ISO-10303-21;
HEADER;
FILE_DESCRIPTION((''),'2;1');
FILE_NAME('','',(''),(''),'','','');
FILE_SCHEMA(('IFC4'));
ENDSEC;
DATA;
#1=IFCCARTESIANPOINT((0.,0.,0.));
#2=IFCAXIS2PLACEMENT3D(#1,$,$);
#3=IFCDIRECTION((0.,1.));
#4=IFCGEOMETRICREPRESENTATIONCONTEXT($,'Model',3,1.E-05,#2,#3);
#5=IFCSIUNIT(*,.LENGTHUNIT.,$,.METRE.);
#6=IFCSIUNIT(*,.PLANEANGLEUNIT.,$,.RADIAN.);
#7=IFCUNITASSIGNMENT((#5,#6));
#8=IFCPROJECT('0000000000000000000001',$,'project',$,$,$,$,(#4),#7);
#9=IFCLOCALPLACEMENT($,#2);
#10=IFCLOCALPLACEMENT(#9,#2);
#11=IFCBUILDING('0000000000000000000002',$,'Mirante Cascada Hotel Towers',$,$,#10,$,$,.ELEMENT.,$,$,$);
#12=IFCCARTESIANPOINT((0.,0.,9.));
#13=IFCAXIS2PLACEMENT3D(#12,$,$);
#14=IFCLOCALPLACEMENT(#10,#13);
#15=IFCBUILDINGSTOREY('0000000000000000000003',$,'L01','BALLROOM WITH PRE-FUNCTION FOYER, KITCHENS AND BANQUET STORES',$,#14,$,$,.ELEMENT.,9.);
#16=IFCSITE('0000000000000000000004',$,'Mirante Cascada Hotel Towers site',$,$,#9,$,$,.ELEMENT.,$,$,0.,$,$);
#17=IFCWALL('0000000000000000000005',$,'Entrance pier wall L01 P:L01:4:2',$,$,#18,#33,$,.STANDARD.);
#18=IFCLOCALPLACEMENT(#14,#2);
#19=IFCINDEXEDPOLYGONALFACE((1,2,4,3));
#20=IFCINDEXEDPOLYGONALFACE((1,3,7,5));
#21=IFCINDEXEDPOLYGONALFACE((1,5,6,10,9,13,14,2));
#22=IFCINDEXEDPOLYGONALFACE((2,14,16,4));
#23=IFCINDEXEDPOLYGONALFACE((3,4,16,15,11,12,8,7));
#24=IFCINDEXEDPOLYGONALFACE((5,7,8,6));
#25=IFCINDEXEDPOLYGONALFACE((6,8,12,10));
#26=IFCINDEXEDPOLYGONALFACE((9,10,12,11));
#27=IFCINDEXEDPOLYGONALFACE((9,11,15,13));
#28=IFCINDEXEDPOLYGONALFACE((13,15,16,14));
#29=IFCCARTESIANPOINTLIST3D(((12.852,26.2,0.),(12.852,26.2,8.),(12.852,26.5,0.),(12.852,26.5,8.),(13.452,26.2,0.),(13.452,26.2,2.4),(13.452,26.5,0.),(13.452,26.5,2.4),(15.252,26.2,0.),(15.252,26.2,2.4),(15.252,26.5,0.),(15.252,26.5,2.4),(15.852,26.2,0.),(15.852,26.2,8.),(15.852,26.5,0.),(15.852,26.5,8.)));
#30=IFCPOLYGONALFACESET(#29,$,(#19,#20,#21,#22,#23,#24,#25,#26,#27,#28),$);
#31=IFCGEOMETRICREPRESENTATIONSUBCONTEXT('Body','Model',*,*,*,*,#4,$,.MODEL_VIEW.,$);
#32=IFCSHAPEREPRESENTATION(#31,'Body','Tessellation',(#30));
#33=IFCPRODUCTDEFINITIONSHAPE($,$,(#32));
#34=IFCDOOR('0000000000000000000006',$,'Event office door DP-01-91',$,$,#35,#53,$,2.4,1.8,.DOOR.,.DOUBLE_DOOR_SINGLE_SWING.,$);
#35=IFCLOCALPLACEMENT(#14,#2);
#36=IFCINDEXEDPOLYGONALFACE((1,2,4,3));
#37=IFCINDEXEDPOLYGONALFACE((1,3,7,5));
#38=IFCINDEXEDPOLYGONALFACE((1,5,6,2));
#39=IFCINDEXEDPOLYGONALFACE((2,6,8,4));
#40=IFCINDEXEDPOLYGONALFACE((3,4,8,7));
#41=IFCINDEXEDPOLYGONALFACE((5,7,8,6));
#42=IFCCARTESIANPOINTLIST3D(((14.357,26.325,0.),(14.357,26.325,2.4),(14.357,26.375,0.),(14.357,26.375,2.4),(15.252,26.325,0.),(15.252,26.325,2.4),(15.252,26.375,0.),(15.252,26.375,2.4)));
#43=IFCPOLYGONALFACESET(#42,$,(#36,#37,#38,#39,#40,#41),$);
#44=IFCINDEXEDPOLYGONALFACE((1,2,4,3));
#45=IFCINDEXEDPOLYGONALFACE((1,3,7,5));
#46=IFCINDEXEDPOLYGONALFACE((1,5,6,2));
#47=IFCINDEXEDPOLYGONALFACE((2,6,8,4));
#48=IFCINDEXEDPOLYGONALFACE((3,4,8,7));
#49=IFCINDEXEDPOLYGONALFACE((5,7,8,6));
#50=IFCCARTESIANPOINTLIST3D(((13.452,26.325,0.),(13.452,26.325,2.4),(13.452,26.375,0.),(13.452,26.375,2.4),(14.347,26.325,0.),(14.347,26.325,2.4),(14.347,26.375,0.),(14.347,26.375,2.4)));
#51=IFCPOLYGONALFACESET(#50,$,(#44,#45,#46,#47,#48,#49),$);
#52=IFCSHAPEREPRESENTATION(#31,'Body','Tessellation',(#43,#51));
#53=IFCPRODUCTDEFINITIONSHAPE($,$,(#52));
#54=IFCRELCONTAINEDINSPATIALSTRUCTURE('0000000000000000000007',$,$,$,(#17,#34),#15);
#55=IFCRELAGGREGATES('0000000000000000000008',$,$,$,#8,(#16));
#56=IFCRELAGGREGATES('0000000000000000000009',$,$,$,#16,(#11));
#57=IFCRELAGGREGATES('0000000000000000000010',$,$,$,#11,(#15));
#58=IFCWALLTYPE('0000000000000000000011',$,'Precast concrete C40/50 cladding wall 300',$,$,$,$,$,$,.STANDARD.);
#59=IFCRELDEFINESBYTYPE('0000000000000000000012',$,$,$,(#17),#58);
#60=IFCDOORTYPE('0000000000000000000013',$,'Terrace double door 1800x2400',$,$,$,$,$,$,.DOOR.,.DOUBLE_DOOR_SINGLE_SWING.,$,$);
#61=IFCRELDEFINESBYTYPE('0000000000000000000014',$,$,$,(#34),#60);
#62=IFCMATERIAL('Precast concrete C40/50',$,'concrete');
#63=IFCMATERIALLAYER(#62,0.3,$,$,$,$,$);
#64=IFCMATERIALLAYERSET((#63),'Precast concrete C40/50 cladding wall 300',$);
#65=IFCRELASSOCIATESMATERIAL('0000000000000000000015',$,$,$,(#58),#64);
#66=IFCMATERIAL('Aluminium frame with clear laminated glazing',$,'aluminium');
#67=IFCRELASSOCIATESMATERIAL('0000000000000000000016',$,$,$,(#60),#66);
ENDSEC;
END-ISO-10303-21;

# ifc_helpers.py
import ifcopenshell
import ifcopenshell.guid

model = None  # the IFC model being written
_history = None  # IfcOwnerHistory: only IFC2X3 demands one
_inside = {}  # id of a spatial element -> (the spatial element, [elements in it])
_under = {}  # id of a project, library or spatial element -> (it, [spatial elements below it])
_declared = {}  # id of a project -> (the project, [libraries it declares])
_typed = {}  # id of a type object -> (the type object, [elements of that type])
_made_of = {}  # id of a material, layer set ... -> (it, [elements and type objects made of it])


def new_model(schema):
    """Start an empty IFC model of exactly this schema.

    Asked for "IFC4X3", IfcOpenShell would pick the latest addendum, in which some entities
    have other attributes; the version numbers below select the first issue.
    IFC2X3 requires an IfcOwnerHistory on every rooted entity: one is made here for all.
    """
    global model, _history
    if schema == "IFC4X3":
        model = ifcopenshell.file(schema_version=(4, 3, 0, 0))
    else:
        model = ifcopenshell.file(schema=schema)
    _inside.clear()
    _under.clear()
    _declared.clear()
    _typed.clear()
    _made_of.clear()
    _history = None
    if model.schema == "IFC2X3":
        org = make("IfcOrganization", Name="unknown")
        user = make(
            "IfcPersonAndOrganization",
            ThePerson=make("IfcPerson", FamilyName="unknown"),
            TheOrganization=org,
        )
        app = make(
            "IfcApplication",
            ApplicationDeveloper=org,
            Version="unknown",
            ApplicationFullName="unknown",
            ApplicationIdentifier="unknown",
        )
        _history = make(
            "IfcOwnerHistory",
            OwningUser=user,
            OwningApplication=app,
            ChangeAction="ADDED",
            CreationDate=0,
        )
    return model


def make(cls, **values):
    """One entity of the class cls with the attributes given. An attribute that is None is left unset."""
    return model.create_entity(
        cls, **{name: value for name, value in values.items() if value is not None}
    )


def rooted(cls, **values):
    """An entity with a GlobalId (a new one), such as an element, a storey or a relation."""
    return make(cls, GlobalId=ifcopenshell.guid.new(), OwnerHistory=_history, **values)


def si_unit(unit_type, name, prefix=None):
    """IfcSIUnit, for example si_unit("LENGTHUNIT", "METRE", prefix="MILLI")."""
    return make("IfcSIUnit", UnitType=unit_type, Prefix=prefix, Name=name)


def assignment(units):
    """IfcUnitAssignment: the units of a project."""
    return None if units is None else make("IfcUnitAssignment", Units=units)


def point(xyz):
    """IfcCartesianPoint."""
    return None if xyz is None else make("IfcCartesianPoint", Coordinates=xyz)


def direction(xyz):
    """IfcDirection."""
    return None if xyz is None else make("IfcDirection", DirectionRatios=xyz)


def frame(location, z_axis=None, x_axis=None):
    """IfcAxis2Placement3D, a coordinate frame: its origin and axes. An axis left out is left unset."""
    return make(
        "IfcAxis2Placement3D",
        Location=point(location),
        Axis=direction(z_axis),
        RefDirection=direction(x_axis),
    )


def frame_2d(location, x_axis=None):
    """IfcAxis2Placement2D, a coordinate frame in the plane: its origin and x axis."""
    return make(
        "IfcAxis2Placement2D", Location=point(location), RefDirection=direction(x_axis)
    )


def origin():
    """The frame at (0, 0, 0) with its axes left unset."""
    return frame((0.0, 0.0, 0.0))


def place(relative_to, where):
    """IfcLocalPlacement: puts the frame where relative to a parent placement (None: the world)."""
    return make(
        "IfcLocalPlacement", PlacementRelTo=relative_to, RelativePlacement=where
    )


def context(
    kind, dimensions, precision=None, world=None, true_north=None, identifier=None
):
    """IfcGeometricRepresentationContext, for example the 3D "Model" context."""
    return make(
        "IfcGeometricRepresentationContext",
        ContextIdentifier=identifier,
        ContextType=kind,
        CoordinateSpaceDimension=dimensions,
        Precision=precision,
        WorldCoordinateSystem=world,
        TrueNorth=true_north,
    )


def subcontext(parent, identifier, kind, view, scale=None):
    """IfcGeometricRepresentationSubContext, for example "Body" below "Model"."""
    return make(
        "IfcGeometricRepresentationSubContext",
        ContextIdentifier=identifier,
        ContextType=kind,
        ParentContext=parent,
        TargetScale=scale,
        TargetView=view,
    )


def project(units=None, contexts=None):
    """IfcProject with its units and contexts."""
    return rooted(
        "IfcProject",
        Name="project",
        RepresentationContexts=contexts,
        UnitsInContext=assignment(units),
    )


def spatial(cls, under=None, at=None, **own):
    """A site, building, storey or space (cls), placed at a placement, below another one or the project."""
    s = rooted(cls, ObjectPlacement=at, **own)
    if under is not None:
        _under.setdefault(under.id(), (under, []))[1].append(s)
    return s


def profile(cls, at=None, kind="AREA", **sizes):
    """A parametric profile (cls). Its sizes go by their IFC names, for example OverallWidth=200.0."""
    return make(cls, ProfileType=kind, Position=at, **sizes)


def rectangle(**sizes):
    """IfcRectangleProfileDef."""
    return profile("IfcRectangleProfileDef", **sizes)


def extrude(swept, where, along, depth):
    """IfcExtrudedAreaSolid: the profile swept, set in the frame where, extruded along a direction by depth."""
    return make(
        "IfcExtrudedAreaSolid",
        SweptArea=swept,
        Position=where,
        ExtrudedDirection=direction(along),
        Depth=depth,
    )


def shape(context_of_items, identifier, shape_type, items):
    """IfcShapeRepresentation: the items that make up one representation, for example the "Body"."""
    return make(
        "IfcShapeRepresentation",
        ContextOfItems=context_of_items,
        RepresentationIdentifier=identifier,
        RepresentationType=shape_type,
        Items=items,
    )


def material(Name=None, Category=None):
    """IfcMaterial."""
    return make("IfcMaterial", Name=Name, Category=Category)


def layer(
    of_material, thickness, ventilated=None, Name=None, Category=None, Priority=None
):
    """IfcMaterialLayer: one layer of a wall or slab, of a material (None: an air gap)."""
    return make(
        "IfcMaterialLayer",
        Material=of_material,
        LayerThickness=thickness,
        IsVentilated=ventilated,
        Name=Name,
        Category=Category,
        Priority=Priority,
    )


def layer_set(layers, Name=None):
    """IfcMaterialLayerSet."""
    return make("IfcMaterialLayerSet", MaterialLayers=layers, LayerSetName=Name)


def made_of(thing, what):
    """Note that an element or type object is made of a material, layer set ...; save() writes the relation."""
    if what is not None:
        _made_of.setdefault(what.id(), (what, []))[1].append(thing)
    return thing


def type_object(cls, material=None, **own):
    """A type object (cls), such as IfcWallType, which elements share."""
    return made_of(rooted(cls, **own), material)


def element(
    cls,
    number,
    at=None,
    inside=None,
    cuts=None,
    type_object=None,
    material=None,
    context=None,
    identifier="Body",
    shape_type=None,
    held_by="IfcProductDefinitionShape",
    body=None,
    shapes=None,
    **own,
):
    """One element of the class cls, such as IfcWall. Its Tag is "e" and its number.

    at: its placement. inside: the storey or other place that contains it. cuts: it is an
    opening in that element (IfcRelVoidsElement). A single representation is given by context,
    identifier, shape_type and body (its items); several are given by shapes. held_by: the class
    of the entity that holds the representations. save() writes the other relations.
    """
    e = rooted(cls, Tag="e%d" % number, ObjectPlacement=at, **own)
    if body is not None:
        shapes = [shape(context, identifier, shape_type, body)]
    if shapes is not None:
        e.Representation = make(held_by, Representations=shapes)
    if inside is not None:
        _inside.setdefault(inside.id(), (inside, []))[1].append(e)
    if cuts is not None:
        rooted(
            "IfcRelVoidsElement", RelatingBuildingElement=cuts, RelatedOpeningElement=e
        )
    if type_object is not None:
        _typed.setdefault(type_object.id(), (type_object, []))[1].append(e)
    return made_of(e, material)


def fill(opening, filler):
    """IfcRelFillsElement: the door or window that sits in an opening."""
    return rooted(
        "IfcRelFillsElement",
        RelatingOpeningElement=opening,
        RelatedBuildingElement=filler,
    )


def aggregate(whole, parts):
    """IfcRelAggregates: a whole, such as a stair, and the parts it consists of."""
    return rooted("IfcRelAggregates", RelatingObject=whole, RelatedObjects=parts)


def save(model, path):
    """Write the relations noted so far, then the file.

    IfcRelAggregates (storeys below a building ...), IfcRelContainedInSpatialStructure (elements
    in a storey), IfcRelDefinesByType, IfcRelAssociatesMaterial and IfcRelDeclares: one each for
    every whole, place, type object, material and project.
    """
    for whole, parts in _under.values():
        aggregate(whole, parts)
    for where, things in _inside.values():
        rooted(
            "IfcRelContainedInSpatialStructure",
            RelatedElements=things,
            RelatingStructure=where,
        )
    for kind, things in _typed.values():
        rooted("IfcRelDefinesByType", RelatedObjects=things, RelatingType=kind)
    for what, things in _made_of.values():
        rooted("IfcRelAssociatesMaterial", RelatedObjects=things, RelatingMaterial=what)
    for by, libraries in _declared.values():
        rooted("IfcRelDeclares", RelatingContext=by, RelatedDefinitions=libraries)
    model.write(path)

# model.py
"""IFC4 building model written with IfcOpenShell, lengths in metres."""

from ifc_helpers import new_model, si_unit, direction, frame, frame_2d, origin, place, context, subcontext, project, spatial, rectangle, extrude, material, layer, layer_set, type_object, element, fill, save


model = new_model("IFC4")

# Units and contexts
model_context = context("Model", 3, precision=1e-05, world=origin(), true_north=direction((0.0, 1.0)))
body_context = subcontext(model_context, "Body", "Model", "MODEL_VIEW")
ifc_project = project(units=[si_unit("LENGTHUNIT", "METRE"), si_unit("PLANEANGLEUNIT", "RADIAN")], contexts=[model_context])

# Site, building, storey
site_placement = place(None, origin())
site = spatial("IfcSite", under=ifc_project, at=site_placement, Name="Mirante Cascada Hotel Towers site", CompositionType="ELEMENT", RefElevation=0.0)
building_placement = place(site_placement, origin())
building = spatial("IfcBuilding", under=site, at=building_placement, Name="Mirante Cascada Hotel Towers", CompositionType="ELEMENT")
storey_placement = place(building_placement, frame((0.0, 0.0, 9.0)))
storey = spatial("IfcBuildingStorey", under=building, at=storey_placement, Name="L01", Description="BALLROOM WITH PRE-FUNCTION FOYER, KITCHENS AND BANQUET STORES", CompositionType="ELEMENT", Elevation=9.0)

# Wall, opening, door
ifc_material_1 = material(Name="Precast concrete C40/50", Category="concrete")
ifc_layer_1 = layer(ifc_material_1, 0.3)
ifc_layer_set_1 = layer_set([ifc_layer_1], Name="Precast concrete C40/50 cladding wall 300")
wall_type_1 = type_object("IfcWallType", Name="Precast concrete C40/50 cladding wall 300", PredefinedType="STANDARD", material=ifc_layer_set_1)
wall_1_placement = place(storey_placement, frame((15.852, 26.35, 0.0), z_axis=(0.0, 0.0, 1.0), x_axis=(-1.0, 0.0, 0.0)))
wall_1 = element("IfcWall", 1, at=wall_1_placement, inside=storey, type_object=wall_type_1, Name="Entrance pier wall L01 P:L01:4:2", PredefinedType="STANDARD", context=body_context, shape_type="SweptSolid", body=[
    extrude(rectangle(XDim=3.0, YDim=0.3, at=frame_2d((1.5, 0.0))), origin(), (0.0, 0.0, 1.0), 8.0),
])
opening_placement = place(wall_1_placement, frame((0.6, 0.0, 0.0)))
opening = element("IfcOpeningElement", 2, at=opening_placement, cuts=wall_1, PredefinedType="OPENING", context=body_context, shape_type="SweptSolid", body=[
    extrude(rectangle(XDim=1.8, YDim=2.4, at=frame_2d((0.9, 1.2))), frame((0.0, 0.15, 0.0), z_axis=(0.0, -1.0, 0.0), x_axis=(1.0, 0.0, 0.0)), (0.0, 0.0, 1.0), 0.3),
])
ifc_material_2 = material(Name="Aluminium frame with clear laminated glazing", Category="aluminium")
door_type = type_object("IfcDoorType", Name="Terrace double door 1800x2400", OperationType="DOUBLE_DOOR_SINGLE_SWING", PredefinedType="DOOR", material=ifc_material_2)
door_placement = place(opening_placement, origin())
door = element("IfcDoor", 3, at=door_placement, inside=storey, type_object=door_type, Name="Event office door DP-01-91", OperationType="DOUBLE_DOOR_SINGLE_SWING", OverallHeight=2.4, OverallWidth=1.8, PredefinedType="DOOR", context=body_context, shape_type="SweptSolid", body=[
    extrude(rectangle(XDim=0.895, YDim=2.4, at=frame_2d((0.4475, 1.2))), frame((0.0, 0.025, 0.0), z_axis=(0.0, -1.0, 0.0), x_axis=(1.0, 0.0, 0.0)), (0.0, 0.0, 1.0), 0.05),
    extrude(rectangle(XDim=0.895, YDim=2.4, at=frame_2d((1.3525, 1.2))), frame((0.0, 0.025, 0.0), z_axis=(0.0, -1.0, 0.0), x_axis=(1.0, 0.0, 0.0)), (0.0, 0.0, 1.0), 0.05),
])
fill(opening, door)

save(model, "model.ifc")
